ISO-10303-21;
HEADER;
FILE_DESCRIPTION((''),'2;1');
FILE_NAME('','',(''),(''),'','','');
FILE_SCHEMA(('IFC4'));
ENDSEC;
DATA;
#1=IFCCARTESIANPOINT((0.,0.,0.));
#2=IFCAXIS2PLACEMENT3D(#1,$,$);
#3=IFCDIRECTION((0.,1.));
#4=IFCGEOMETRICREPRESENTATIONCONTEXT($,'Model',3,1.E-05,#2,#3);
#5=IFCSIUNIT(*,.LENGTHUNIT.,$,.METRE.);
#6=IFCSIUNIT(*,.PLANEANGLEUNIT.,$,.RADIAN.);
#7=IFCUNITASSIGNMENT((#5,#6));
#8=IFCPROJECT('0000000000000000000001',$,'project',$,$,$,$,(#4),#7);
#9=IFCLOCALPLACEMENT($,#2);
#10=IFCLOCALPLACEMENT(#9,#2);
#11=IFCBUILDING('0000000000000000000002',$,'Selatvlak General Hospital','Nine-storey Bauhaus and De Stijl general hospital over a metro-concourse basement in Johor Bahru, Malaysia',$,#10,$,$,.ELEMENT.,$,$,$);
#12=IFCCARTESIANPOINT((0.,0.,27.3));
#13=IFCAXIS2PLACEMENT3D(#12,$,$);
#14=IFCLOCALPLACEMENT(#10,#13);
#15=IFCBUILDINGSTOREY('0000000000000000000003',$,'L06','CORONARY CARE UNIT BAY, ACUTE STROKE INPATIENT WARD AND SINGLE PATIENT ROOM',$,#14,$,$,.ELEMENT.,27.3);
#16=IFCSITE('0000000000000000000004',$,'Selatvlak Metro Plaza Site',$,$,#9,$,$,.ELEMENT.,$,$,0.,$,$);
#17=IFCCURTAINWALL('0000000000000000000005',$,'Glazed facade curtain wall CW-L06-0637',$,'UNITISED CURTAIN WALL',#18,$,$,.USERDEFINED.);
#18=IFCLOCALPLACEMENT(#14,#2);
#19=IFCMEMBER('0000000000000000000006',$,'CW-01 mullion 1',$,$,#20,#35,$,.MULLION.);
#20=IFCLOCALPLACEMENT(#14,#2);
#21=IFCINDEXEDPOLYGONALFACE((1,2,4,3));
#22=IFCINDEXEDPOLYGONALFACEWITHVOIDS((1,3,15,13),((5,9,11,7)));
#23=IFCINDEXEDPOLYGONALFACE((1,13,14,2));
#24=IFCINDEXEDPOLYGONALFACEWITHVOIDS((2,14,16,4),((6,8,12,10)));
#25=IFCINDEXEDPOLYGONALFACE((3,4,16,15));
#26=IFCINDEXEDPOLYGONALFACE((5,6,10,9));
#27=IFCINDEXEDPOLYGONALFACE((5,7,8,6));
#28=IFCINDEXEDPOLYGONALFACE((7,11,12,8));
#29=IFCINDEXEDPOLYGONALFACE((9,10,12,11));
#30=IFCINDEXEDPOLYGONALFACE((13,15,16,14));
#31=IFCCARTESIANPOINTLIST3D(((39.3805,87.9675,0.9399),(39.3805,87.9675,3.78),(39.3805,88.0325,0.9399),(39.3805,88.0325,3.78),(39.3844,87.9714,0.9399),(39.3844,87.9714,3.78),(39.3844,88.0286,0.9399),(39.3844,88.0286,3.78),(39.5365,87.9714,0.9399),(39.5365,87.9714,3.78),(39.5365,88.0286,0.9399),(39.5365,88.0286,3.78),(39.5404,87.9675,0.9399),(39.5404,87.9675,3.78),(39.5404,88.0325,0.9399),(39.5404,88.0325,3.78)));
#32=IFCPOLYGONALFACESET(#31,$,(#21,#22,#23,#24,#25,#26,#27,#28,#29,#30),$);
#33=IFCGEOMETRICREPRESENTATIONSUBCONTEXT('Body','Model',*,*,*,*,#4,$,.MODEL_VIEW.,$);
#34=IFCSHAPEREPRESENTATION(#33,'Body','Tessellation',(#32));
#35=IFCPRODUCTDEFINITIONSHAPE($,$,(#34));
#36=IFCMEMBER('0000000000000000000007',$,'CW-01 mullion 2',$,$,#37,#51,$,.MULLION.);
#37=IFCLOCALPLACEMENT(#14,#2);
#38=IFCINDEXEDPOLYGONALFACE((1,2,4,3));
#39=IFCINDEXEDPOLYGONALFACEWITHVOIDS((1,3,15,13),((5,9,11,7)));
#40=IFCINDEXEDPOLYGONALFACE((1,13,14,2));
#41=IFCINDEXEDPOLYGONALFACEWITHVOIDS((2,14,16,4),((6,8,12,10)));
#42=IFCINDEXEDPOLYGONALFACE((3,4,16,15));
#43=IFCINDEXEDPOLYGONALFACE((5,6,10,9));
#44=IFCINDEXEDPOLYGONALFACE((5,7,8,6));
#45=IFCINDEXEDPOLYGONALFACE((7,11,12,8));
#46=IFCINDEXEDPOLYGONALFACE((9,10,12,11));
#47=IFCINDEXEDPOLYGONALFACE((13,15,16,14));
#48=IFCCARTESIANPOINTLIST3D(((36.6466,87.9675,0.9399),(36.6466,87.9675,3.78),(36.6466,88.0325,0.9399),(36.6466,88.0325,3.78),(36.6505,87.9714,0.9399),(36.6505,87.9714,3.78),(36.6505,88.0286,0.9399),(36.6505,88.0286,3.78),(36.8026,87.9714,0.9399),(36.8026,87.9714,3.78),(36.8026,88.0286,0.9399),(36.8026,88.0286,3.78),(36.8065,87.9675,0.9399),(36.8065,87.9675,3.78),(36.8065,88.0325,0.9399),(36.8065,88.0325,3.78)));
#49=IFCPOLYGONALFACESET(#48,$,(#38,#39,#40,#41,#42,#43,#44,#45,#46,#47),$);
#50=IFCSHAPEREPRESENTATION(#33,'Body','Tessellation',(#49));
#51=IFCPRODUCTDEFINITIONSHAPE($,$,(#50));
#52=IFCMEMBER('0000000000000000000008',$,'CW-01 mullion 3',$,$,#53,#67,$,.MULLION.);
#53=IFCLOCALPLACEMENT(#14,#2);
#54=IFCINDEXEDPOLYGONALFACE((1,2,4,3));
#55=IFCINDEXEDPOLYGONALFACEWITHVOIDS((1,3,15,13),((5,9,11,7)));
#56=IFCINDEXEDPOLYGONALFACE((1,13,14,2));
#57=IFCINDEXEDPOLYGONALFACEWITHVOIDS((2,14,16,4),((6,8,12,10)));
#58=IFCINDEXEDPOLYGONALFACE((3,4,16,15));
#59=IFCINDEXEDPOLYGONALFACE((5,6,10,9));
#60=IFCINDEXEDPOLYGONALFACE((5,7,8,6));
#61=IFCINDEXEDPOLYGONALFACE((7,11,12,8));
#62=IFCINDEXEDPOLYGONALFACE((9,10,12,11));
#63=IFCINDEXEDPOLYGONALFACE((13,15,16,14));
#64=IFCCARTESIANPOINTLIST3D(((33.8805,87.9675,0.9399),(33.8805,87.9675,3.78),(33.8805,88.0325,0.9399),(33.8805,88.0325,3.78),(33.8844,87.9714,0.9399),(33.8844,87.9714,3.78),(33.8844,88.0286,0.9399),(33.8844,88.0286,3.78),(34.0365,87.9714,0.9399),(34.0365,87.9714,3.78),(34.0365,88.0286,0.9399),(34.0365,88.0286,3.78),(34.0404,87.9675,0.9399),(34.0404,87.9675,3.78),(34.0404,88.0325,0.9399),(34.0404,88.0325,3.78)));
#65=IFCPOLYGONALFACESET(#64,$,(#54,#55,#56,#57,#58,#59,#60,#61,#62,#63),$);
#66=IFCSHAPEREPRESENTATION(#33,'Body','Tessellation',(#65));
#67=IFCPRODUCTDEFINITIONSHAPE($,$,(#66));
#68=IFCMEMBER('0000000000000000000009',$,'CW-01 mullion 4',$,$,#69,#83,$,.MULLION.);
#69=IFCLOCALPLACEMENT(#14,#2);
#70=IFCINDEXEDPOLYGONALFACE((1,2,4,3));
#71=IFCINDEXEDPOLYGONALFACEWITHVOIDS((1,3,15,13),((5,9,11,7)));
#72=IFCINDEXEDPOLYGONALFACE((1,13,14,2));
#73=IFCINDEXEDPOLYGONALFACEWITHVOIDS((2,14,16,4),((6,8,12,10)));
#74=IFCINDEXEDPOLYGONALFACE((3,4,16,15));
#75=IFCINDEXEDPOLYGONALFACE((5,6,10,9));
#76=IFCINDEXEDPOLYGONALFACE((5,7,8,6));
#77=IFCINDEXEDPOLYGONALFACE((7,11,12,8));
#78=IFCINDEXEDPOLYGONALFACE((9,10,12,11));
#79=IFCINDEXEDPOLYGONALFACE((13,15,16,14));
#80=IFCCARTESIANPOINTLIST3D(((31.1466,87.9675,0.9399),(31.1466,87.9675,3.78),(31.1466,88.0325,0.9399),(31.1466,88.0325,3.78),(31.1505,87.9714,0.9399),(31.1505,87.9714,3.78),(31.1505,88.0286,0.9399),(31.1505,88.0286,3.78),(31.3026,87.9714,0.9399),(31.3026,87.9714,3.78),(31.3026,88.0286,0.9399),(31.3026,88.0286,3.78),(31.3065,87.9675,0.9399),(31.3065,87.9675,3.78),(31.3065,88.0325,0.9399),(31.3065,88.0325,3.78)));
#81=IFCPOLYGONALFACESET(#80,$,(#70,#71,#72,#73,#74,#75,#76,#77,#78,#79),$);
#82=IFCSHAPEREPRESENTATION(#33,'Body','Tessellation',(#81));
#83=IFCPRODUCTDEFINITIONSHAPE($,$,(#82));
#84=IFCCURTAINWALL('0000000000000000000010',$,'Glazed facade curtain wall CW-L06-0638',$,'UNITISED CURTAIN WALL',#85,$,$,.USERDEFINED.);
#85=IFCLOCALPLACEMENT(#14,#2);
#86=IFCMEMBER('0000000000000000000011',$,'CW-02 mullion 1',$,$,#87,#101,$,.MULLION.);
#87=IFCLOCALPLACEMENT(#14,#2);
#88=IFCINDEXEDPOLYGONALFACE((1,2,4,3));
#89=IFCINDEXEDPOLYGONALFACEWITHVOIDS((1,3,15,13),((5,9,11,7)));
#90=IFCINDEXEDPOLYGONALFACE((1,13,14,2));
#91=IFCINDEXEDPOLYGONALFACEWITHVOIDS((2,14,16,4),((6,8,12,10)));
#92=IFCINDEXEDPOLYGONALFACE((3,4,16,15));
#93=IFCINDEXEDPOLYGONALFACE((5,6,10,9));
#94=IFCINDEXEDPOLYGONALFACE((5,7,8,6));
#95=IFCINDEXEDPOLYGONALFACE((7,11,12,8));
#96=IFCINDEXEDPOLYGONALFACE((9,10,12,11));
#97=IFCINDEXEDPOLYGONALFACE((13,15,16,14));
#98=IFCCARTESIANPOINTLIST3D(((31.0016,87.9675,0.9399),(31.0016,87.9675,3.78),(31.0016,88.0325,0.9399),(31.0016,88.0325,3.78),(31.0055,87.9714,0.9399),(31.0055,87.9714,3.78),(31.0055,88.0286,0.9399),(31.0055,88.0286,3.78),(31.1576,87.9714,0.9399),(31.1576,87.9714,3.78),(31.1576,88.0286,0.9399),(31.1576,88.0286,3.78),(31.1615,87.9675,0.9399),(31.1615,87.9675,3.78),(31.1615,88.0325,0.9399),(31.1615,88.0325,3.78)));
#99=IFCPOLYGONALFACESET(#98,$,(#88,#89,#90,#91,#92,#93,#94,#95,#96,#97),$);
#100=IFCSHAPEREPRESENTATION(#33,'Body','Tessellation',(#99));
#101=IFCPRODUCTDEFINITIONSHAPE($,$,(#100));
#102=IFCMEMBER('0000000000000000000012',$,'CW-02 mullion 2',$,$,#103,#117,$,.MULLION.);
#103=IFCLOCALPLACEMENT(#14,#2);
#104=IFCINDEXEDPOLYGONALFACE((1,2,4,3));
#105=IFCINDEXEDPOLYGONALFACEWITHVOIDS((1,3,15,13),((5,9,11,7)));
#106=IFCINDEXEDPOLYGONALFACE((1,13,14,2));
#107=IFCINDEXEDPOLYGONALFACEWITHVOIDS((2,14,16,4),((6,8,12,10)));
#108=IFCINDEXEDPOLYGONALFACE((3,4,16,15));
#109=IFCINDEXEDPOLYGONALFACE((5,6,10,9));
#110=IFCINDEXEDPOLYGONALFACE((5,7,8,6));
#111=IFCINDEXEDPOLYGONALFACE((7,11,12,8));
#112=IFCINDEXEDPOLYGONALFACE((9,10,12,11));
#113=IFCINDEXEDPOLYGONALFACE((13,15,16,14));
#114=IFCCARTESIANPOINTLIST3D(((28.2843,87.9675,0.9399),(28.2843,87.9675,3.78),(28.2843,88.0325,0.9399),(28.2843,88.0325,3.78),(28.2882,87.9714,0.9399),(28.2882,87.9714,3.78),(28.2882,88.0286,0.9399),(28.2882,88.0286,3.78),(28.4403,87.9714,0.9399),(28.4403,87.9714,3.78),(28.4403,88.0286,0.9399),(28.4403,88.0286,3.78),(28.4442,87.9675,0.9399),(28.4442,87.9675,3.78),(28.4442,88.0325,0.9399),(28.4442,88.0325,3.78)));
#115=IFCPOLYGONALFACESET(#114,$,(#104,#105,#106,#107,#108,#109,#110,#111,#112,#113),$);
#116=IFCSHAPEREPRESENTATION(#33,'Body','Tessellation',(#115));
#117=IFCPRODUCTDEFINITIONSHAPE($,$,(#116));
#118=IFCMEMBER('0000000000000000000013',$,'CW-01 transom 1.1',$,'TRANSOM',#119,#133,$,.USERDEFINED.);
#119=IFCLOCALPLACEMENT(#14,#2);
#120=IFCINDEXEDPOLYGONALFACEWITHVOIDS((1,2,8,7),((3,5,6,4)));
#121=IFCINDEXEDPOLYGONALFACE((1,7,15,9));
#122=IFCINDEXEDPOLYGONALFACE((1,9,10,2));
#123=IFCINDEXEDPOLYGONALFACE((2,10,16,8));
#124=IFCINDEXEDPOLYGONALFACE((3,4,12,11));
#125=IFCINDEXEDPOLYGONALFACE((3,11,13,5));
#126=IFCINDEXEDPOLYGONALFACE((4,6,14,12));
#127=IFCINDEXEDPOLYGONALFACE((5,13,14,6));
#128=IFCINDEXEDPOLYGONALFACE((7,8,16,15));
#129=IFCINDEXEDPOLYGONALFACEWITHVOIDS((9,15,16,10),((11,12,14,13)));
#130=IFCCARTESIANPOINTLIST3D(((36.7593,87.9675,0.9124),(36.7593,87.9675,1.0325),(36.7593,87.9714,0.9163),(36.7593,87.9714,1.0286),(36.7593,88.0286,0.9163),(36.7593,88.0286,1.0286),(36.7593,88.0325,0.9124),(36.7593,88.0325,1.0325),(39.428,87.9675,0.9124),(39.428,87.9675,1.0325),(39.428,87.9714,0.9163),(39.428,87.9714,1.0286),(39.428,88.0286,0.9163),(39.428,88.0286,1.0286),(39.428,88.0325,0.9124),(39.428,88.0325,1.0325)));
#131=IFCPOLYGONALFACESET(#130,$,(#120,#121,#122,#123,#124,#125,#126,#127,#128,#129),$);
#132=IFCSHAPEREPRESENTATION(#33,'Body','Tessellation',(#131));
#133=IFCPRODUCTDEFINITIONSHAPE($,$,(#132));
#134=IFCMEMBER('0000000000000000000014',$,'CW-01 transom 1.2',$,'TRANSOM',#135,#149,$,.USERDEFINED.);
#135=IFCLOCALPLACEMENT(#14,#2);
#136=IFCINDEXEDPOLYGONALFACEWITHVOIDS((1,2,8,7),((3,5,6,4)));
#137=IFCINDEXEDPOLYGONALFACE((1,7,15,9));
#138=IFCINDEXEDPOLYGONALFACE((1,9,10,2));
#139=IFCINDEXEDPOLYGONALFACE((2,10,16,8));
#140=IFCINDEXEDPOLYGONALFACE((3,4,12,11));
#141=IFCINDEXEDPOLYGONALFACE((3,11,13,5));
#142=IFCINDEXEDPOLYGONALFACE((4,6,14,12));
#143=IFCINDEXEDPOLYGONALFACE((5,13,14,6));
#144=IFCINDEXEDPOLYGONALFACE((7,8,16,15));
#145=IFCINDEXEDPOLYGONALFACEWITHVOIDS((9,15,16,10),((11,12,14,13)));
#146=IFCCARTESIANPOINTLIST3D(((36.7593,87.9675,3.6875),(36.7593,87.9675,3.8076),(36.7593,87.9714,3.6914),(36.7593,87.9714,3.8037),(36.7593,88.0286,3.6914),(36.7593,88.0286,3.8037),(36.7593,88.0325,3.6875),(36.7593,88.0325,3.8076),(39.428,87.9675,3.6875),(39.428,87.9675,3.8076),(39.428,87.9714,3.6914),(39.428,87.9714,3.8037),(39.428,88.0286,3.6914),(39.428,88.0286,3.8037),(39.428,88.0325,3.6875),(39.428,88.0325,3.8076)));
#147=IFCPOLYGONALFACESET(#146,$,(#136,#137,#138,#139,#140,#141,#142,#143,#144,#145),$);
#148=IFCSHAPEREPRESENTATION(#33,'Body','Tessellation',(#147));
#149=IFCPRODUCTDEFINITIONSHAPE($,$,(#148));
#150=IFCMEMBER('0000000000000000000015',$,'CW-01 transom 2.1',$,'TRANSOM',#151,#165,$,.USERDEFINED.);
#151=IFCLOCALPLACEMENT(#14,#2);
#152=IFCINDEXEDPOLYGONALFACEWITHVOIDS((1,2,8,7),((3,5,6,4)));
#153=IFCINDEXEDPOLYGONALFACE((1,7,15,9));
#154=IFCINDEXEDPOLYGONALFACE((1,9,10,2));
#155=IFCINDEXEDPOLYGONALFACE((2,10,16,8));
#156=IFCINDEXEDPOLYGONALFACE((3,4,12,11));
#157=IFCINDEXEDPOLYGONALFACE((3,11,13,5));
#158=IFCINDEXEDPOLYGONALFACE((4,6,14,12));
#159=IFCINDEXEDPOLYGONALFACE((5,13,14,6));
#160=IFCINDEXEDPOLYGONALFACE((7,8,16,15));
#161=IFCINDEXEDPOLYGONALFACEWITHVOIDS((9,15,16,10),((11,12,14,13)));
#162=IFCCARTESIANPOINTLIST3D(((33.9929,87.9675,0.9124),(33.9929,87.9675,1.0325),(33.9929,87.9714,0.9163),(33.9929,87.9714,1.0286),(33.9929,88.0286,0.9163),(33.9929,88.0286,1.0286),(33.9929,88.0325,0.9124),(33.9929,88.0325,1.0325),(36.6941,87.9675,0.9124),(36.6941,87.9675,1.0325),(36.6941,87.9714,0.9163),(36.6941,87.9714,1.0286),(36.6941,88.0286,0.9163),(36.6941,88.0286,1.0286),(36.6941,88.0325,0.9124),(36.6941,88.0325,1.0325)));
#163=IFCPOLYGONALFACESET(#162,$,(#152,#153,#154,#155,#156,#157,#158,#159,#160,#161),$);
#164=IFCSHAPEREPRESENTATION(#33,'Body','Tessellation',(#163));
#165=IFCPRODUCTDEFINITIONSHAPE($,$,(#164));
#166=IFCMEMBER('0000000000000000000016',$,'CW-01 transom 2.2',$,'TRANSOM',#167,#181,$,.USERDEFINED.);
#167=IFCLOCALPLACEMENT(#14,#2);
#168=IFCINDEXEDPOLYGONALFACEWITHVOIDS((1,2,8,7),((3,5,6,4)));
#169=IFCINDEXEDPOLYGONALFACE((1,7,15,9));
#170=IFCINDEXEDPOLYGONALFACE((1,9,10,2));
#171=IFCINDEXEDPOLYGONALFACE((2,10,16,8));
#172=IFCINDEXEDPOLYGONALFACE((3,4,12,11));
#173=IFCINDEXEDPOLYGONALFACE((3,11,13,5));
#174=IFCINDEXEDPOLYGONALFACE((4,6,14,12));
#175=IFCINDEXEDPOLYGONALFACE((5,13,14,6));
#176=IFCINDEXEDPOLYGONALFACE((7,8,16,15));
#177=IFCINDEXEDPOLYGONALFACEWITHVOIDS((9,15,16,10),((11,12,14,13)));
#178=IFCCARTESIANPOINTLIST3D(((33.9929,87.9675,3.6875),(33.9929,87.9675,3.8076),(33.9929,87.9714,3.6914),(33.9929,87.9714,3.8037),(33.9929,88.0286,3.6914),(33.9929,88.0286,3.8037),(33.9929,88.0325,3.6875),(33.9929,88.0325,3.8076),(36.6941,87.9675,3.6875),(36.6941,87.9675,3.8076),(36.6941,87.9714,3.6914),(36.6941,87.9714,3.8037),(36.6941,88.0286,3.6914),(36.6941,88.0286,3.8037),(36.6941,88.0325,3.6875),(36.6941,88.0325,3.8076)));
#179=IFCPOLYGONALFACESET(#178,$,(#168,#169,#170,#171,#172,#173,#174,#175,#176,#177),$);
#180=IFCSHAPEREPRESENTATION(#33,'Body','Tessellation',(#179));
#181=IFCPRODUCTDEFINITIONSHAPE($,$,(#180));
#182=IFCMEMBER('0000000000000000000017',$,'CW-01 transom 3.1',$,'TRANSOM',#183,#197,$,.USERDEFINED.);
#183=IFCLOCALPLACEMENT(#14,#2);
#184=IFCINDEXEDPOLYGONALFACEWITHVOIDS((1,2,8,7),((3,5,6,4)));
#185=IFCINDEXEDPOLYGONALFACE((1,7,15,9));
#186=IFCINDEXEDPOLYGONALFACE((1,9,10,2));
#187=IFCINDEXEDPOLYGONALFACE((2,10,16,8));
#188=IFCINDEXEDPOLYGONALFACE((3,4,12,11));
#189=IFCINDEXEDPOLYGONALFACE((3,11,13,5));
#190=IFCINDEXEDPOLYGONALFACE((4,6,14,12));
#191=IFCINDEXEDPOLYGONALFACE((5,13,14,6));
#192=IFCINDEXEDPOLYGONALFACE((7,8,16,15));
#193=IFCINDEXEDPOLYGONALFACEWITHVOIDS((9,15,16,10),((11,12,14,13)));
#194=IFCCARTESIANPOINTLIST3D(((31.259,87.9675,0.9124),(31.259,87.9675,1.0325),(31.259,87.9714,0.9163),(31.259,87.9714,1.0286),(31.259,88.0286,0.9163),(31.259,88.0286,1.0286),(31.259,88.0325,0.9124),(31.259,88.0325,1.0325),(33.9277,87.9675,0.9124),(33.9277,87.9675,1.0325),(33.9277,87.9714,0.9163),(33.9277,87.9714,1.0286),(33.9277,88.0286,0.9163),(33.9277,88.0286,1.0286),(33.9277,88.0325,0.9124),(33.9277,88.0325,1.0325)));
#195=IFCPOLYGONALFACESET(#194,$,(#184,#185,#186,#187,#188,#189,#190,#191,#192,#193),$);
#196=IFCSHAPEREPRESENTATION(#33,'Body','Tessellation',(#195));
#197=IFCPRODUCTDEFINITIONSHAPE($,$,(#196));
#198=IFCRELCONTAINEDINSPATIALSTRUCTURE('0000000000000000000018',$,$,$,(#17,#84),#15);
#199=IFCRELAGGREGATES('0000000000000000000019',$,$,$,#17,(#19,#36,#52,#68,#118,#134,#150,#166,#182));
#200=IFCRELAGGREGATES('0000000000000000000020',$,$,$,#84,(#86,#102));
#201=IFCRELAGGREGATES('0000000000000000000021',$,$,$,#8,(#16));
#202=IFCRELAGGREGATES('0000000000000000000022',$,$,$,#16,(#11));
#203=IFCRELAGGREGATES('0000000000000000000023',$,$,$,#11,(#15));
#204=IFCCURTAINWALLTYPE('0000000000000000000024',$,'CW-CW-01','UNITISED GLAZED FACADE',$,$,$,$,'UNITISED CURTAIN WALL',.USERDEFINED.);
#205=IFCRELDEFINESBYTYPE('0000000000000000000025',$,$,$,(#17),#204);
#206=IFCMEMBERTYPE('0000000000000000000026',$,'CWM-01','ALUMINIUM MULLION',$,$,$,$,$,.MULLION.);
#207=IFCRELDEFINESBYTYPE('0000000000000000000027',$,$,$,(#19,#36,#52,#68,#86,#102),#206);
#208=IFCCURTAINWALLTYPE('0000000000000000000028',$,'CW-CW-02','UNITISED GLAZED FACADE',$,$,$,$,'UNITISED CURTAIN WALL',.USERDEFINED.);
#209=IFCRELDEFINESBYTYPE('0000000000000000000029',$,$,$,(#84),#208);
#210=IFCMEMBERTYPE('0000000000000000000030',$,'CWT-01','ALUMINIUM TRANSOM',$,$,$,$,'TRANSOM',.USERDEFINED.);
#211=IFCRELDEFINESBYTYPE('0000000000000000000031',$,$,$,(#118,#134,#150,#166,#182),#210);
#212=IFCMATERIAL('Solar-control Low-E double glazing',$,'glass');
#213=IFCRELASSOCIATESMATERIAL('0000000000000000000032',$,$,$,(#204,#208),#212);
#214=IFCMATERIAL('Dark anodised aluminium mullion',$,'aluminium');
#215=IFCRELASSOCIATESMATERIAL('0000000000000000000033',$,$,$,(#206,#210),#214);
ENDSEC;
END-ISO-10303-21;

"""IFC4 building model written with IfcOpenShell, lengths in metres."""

from ifc_helpers import new_model, si_unit, direction, frame, origin, origin_2d, place, context, subcontext, project, spatial, hollow_rectangle, extrude, material, material_profile, profile_set, type_object, element, aggregate, save


model = new_model("IFC4")

# Units and contexts
model_context = context("Model", 3, precision=1e-05, world=origin(), true_north=direction((0.0, 1.0)))
body_context = subcontext(model_context, "Body", "Model", "MODEL_VIEW")
ifc_project = project(units=[si_unit("LENGTHUNIT", "METRE"), si_unit("PLANEANGLEUNIT", "RADIAN")], contexts=[model_context])

# Site, building, storey
site_placement = place(None, origin())
site = spatial("IfcSite", under=ifc_project, at=site_placement, Name="Selatvlak Metro Plaza Site", CompositionType="ELEMENT", RefElevation=0.0)
building_placement = place(site_placement, origin())
building = spatial("IfcBuilding", under=site, at=building_placement, Name="Selatvlak General Hospital", Description="Nine-storey Bauhaus and De Stijl general hospital over a metro-concourse basement in Johor Bahru, Malaysia", CompositionType="ELEMENT")
storey_placement = place(building_placement, frame((0.0, 0.0, 27.3)))
storey = spatial("IfcBuildingStorey", under=building, at=storey_placement, Name="L06", Description="CORONARY CARE UNIT BAY, ACUTE STROKE INPATIENT WARD AND SINGLE PATIENT ROOM", CompositionType="ELEMENT", Elevation=27.3)

# Curtain walls, members
ifc_material_1 = material(Name="Solar-control Low-E double glazing", Category="glass")
curtain_wall_type_1 = type_object("IfcCurtainWallType", Name="CW-CW-01", Description="UNITISED GLAZED FACADE", ElementType="UNITISED CURTAIN WALL", PredefinedType="USERDEFINED", material=ifc_material_1)
curtain_wall_1_placement = place(storey_placement, origin())
curtain_wall_1 = element("IfcCurtainWall", 1, at=curtain_wall_1_placement, inside=storey, type_object=curtain_wall_type_1, Name="Glazed facade curtain wall CW-L06-0637", ObjectType="UNITISED CURTAIN WALL", PredefinedType="USERDEFINED")
ifc_material_2 = material(Name="Dark anodised aluminium mullion", Category="aluminium")
ifc_material_profile_1 = material_profile(ifc_material_2, hollow_rectangle(XDim=0.0649, YDim=0.1599, WallThickness=0.0039, at=origin_2d()), Name="AL-MUL 65x160x4")
ifc_profile_set_1 = profile_set([ifc_material_profile_1], Name="Dark anodised aluminium mullion")
member_type_1 = type_object("IfcMemberType", Name="CWM-01", Description="ALUMINIUM MULLION", PredefinedType="MULLION", material=ifc_profile_set_1)
member_1_placement = place(storey_placement, frame((39.4604, 88.0, 0.9399), z_axis=(0.0, 0.0, 1.0), x_axis=(0.0, -1.0, 0.0)))
member_1 = element("IfcMember", 2, at=member_1_placement, type_object=member_type_1, Name="CW-01 mullion 1", PredefinedType="MULLION", context=body_context, shape_type="SweptSolid", body=[
    extrude(hollow_rectangle(XDim=0.0649, YDim=0.1599, WallThickness=0.0039, at=origin_2d()), origin(), (0.0, 0.0, 1.0), 2.8401),
])
member_2_placement = place(storey_placement, frame((36.7266, 88.0, 0.9399), z_axis=(0.0, 0.0, 1.0), x_axis=(0.0, -1.0, 0.0)))
member_2 = element("IfcMember", 3, at=member_2_placement, type_object=member_type_1, Name="CW-01 mullion 2", PredefinedType="MULLION", context=body_context, shape_type="SweptSolid", body=[
    extrude(hollow_rectangle(XDim=0.0649, YDim=0.1599, WallThickness=0.0039, at=origin_2d()), origin(), (0.0, 0.0, 1.0), 2.8401),
])
member_3_placement = place(storey_placement, frame((33.9604, 88.0, 0.9399), z_axis=(0.0, 0.0, 1.0), x_axis=(0.0, -1.0, 0.0)))
member_3 = element("IfcMember", 4, at=member_3_placement, type_object=member_type_1, Name="CW-01 mullion 3", PredefinedType="MULLION", context=body_context, shape_type="SweptSolid", body=[
    extrude(hollow_rectangle(XDim=0.0649, YDim=0.1599, WallThickness=0.0039, at=origin_2d()), origin(), (0.0, 0.0, 1.0), 2.8401),
])
member_4_placement = place(storey_placement, frame((31.2266, 88.0, 0.9399), z_axis=(0.0, 0.0, 1.0), x_axis=(0.0, -1.0, 0.0)))
member_4 = element("IfcMember", 5, at=member_4_placement, type_object=member_type_1, Name="CW-01 mullion 4", PredefinedType="MULLION", context=body_context, shape_type="SweptSolid", body=[
    extrude(hollow_rectangle(XDim=0.0649, YDim=0.1599, WallThickness=0.0039, at=origin_2d()), origin(), (0.0, 0.0, 1.0), 2.8401),
])
curtain_wall_type_2 = type_object("IfcCurtainWallType", Name="CW-CW-02", Description="UNITISED GLAZED FACADE", ElementType="UNITISED CURTAIN WALL", PredefinedType="USERDEFINED", material=ifc_material_1)
curtain_wall_2_placement = place(storey_placement, origin())
curtain_wall_2 = element("IfcCurtainWall", 6, at=curtain_wall_2_placement, inside=storey, type_object=curtain_wall_type_2, Name="Glazed facade curtain wall CW-L06-0638", ObjectType="UNITISED CURTAIN WALL", PredefinedType="USERDEFINED")
member_5_placement = place(storey_placement, frame((31.0815, 88.0, 0.9399), z_axis=(0.0, 0.0, 1.0), x_axis=(0.0, -1.0, 0.0)))
member_5 = element("IfcMember", 7, at=member_5_placement, type_object=member_type_1, Name="CW-02 mullion 1", PredefinedType="MULLION", context=body_context, shape_type="SweptSolid", body=[
    extrude(hollow_rectangle(XDim=0.0649, YDim=0.1599, WallThickness=0.0039, at=origin_2d()), origin(), (0.0, 0.0, 1.0), 2.8401),
])
member_6_placement = place(storey_placement, frame((28.3643, 88.0, 0.9399), z_axis=(0.0, 0.0, 1.0), x_axis=(0.0, -1.0, 0.0)))
member_6 = element("IfcMember", 8, at=member_6_placement, type_object=member_type_1, Name="CW-02 mullion 2", PredefinedType="MULLION", context=body_context, shape_type="SweptSolid", body=[
    extrude(hollow_rectangle(XDim=0.0649, YDim=0.1599, WallThickness=0.0039, at=origin_2d()), origin(), (0.0, 0.0, 1.0), 2.8401),
])

# Members
ifc_material_profile_2 = material_profile(ifc_material_2, hollow_rectangle(XDim=0.0649, YDim=0.1201, WallThickness=0.0039, at=origin_2d()), Name="AL-TRN 65x120x4")
ifc_profile_set_2 = profile_set([ifc_material_profile_2], Name="Dark anodised aluminium mullion")
member_type_2 = type_object("IfcMemberType", Name="CWT-01", Description="ALUMINIUM TRANSOM", ElementType="TRANSOM", PredefinedType="USERDEFINED", material=ifc_profile_set_2)
member_7_placement = place(storey_placement, frame((39.428, 88.0, 0.9724), z_axis=(-1.0, 0.0, 0.0), x_axis=(0.0, -1.0, 0.0)))
member_7 = element("IfcMember", 9, at=member_7_placement, type_object=member_type_2, Name="CW-01 transom 1.1", ObjectType="TRANSOM", PredefinedType="USERDEFINED", context=body_context, shape_type="SweptSolid", body=[
    extrude(hollow_rectangle(XDim=0.0649, YDim=0.1201, WallThickness=0.0039, at=origin_2d()), origin(), (0.0, 0.0, 1.0), 2.6687),
])
member_8_placement = place(storey_placement, frame((39.428, 88.0, 3.7476), z_axis=(-1.0, 0.0, 0.0), x_axis=(0.0, -1.0, 0.0)))
member_8 = element("IfcMember", 10, at=member_8_placement, type_object=member_type_2, Name="CW-01 transom 1.2", ObjectType="TRANSOM", PredefinedType="USERDEFINED", context=body_context, shape_type="SweptSolid", body=[
    extrude(hollow_rectangle(XDim=0.0649, YDim=0.1201, WallThickness=0.0039, at=origin_2d()), origin(), (0.0, 0.0, 1.0), 2.6687),
])
member_9_placement = place(storey_placement, frame((36.6941, 88.0, 0.9724), z_axis=(-1.0, 0.0, 0.0), x_axis=(0.0, -1.0, 0.0)))
member_9 = element("IfcMember", 11, at=member_9_placement, type_object=member_type_2, Name="CW-01 transom 2.1", ObjectType="TRANSOM", PredefinedType="USERDEFINED", context=body_context, shape_type="SweptSolid", body=[
    extrude(hollow_rectangle(XDim=0.0649, YDim=0.1201, WallThickness=0.0039, at=origin_2d()), origin(), (0.0, 0.0, 1.0), 2.7012),
])
member_10_placement = place(storey_placement, frame((36.6941, 88.0, 3.7476), z_axis=(-1.0, 0.0, 0.0), x_axis=(0.0, -1.0, 0.0)))
member_10 = element("IfcMember", 12, at=member_10_placement, type_object=member_type_2, Name="CW-01 transom 2.2", ObjectType="TRANSOM", PredefinedType="USERDEFINED", context=body_context, shape_type="SweptSolid", body=[
    extrude(hollow_rectangle(XDim=0.0649, YDim=0.1201, WallThickness=0.0039, at=origin_2d()), origin(), (0.0, 0.0, 1.0), 2.7012),
])
member_11_placement = place(storey_placement, frame((33.9277, 88.0, 0.9724), z_axis=(-1.0, 0.0, 0.0), x_axis=(0.0, -1.0, 0.0)))
member_11 = element("IfcMember", 13, at=member_11_placement, type_object=member_type_2, Name="CW-01 transom 3.1", ObjectType="TRANSOM", PredefinedType="USERDEFINED", context=body_context, shape_type="SweptSolid", body=[
    extrude(hollow_rectangle(XDim=0.0649, YDim=0.1201, WallThickness=0.0039, at=origin_2d()), origin(), (0.0, 0.0, 1.0), 2.6687),
])

aggregate(curtain_wall_1, [member_1, member_2, member_3, member_4, member_7, member_8, member_9, member_10, member_11])
aggregate(curtain_wall_2, [member_5, member_6])

save(model, "model.ifc")
